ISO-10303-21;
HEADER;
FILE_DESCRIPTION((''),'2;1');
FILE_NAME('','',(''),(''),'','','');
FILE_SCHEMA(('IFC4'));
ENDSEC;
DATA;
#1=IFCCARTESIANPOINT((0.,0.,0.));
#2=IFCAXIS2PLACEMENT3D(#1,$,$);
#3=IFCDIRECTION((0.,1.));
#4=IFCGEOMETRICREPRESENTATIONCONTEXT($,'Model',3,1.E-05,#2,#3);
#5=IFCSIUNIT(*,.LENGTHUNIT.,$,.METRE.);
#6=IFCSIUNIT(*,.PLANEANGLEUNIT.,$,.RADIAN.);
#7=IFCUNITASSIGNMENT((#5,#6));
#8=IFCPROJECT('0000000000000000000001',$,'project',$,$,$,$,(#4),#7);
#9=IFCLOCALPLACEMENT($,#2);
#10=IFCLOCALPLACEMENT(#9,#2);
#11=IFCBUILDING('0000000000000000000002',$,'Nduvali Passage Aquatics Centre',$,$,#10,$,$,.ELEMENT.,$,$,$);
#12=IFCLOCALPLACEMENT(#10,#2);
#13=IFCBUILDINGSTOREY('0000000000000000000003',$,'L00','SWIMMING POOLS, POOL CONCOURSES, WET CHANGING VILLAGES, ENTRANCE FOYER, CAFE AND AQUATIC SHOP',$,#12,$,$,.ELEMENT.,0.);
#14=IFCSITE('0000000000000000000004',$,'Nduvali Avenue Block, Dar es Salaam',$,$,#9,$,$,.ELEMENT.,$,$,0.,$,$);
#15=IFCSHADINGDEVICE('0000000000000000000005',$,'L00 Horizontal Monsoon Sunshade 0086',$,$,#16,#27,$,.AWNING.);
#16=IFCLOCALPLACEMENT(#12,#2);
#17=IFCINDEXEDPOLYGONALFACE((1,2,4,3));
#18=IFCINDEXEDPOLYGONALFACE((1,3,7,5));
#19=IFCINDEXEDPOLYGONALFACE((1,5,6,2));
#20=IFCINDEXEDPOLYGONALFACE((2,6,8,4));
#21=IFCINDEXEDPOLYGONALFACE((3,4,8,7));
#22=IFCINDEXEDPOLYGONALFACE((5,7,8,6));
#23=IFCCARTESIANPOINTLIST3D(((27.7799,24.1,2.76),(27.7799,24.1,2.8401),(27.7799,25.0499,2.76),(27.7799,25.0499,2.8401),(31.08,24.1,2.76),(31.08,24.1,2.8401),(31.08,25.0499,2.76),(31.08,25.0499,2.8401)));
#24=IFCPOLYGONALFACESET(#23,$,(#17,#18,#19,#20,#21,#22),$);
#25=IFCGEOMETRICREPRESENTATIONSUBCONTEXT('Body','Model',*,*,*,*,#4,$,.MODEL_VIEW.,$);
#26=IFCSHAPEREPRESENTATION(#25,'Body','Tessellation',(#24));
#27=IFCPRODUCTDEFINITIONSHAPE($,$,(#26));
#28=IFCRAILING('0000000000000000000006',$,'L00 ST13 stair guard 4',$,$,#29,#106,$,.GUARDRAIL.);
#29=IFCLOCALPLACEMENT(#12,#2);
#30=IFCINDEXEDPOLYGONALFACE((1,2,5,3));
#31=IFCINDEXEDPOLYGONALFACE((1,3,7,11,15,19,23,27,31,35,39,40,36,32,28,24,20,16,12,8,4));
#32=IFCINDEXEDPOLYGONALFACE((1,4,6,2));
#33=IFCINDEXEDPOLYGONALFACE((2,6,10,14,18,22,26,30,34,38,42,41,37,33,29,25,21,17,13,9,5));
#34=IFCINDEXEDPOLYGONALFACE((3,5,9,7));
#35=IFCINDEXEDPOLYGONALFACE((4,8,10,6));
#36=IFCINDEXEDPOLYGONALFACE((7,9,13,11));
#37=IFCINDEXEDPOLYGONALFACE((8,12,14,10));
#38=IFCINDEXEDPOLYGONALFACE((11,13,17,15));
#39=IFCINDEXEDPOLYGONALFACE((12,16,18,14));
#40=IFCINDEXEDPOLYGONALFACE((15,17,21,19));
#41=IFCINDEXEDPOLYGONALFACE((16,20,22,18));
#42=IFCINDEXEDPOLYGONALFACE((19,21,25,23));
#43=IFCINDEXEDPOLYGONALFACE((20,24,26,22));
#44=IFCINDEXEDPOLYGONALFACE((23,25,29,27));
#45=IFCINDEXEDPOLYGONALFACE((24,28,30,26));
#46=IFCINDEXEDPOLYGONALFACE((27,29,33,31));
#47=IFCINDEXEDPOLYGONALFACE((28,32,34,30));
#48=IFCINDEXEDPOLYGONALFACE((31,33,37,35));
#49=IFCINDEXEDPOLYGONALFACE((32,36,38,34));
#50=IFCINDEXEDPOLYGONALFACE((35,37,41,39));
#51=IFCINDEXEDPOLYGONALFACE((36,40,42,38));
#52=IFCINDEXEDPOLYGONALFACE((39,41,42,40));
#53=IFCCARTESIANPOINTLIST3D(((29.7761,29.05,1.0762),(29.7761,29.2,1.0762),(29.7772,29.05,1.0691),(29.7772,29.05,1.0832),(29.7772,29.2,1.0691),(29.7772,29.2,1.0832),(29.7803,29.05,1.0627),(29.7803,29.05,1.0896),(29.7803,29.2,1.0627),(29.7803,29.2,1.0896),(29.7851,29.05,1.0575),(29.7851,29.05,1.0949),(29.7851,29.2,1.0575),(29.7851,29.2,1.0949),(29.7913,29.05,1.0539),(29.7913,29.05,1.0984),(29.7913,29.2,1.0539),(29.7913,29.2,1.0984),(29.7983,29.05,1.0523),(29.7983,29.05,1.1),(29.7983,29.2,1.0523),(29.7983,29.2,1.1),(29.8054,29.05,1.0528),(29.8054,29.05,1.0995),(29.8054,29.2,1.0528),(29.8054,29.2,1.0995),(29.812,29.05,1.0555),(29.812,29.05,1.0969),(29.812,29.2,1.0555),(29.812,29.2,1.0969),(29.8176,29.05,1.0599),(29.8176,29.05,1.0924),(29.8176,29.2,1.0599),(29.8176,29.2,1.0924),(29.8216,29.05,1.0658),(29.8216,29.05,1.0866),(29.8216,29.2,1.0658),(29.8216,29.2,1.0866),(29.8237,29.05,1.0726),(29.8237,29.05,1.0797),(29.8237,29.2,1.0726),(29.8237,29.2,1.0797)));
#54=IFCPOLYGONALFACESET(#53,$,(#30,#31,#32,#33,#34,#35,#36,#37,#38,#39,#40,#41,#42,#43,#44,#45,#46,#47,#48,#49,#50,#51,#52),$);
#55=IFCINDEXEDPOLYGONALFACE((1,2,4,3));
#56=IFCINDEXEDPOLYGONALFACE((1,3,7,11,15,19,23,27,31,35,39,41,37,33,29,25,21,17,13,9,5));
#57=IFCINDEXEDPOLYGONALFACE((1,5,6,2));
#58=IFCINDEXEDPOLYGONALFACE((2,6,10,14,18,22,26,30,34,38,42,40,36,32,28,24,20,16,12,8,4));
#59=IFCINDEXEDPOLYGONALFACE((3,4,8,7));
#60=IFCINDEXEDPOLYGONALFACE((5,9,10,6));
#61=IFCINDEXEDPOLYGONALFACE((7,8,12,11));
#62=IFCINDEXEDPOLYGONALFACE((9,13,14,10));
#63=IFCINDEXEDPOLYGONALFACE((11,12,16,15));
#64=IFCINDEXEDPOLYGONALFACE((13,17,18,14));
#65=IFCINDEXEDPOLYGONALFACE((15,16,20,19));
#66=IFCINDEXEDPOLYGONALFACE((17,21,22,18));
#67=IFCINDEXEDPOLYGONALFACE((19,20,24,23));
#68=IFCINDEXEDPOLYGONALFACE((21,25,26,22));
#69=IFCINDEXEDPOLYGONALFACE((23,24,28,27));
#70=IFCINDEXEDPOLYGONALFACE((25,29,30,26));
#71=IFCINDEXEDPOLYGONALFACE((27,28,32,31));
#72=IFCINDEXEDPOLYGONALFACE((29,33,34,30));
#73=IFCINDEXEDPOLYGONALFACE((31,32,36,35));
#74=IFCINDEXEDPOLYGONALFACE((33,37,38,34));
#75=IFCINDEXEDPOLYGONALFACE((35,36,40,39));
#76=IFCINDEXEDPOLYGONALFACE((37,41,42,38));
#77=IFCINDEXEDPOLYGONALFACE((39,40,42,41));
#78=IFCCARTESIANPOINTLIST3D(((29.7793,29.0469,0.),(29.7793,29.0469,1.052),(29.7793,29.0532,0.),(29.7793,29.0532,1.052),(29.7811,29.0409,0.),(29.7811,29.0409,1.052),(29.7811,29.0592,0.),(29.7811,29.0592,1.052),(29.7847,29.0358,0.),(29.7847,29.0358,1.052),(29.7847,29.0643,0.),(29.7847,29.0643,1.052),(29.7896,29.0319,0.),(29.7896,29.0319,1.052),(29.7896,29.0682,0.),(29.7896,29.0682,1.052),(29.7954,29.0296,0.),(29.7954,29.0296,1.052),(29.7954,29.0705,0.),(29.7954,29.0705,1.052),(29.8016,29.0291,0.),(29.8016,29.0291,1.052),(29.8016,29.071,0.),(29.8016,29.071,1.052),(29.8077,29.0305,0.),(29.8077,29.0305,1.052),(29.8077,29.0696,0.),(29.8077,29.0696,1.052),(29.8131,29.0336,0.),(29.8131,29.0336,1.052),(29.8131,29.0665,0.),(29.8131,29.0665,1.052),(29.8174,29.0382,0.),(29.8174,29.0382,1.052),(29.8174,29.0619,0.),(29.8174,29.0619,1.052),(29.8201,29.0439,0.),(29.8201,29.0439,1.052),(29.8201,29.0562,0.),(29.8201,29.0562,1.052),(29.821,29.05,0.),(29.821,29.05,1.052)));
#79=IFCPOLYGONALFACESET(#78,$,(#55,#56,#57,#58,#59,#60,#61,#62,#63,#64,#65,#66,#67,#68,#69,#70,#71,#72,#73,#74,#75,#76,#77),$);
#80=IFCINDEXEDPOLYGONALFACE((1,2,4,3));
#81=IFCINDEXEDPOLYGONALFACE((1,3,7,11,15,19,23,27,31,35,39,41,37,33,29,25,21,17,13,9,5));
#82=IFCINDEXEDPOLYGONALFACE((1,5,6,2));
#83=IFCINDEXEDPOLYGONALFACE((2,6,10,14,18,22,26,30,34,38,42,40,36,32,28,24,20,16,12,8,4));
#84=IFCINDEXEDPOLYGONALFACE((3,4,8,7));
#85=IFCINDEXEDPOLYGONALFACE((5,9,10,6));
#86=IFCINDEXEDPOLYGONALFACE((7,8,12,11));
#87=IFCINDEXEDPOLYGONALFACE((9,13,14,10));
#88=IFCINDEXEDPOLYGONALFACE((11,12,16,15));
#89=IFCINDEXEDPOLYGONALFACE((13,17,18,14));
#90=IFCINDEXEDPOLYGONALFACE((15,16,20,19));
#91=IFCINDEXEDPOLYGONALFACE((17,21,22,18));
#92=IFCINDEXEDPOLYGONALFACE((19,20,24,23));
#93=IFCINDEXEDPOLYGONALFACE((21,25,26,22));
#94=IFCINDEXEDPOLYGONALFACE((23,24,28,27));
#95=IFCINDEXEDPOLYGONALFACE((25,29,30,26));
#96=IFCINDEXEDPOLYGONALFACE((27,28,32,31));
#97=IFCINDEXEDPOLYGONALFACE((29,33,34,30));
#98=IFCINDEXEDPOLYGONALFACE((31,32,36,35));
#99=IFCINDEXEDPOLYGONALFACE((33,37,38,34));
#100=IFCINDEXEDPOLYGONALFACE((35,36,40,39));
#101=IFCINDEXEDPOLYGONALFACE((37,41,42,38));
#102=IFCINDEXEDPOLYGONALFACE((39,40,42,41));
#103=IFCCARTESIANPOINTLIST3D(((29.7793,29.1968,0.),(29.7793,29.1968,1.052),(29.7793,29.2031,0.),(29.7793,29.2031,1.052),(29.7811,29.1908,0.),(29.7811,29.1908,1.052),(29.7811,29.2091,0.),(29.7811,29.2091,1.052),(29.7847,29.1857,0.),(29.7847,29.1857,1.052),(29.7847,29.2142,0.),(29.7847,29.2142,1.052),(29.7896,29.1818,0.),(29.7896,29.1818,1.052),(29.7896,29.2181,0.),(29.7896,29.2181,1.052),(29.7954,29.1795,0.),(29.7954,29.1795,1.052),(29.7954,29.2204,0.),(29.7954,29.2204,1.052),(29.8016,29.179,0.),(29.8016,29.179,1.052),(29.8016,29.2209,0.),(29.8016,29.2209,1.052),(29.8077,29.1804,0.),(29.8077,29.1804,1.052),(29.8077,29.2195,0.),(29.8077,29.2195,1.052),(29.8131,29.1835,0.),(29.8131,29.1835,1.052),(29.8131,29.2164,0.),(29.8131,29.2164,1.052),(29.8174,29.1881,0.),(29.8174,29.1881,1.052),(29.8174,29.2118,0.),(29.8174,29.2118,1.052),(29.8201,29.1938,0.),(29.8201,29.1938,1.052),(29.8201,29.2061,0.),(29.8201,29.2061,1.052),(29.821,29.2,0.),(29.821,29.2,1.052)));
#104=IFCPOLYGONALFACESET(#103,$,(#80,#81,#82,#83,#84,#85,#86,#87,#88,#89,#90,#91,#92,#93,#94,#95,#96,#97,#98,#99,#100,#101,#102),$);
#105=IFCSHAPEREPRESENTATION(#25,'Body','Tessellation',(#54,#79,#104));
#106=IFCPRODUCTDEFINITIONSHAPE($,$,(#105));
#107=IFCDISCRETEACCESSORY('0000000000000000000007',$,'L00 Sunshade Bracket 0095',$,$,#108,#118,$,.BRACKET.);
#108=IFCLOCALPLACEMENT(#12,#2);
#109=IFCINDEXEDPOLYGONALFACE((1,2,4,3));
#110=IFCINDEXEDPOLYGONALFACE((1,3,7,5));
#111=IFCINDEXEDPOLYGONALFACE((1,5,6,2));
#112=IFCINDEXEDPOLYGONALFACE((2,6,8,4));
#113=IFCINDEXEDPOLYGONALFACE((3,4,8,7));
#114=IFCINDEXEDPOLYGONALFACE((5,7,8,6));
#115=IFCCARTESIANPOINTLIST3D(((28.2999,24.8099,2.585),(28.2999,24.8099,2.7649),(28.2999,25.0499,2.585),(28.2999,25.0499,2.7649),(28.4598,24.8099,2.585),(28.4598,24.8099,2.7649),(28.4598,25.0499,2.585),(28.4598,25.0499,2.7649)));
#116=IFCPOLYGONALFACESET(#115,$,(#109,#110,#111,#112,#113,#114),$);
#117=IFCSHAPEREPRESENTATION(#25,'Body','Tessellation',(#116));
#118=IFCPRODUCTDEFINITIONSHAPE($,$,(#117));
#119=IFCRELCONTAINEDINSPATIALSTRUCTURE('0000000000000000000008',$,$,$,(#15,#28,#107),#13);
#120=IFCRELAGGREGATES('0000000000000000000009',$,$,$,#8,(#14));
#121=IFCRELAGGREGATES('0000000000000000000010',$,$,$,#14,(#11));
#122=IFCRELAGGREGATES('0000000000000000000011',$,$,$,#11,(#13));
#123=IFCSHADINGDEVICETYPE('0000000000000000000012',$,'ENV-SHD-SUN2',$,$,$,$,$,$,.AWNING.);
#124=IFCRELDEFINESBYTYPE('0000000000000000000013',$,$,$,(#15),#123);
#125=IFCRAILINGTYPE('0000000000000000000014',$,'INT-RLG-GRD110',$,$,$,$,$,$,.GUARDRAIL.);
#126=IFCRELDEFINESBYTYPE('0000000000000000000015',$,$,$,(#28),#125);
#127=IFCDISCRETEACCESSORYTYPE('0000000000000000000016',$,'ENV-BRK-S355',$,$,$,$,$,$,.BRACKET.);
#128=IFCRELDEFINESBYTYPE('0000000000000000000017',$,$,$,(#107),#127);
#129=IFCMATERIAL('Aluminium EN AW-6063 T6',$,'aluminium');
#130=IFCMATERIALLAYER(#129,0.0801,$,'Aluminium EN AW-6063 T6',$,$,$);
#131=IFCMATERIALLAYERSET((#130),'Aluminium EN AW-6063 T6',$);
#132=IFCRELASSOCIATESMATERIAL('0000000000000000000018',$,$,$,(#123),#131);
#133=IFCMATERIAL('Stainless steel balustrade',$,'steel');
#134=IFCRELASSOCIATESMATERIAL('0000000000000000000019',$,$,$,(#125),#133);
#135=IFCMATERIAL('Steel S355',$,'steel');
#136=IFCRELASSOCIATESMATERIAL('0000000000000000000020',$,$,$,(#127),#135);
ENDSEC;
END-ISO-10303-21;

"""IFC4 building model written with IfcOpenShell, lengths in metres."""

from ifc_helpers import new_model, si_unit, direction, frame, origin, origin_2d, place, context, subcontext, project, spatial, rectangle, circle, extrude, material, layer, layer_set, type_object, element, save


model = new_model("IFC4")

# Units and contexts
model_context = context("Model", 3, precision=1e-05, world=origin(), true_north=direction((0.0, 1.0)))
body_context = subcontext(model_context, "Body", "Model", "MODEL_VIEW")
ifc_project = project(units=[si_unit("LENGTHUNIT", "METRE"), si_unit("PLANEANGLEUNIT", "RADIAN")], contexts=[model_context])

# Site, building, storey
site_placement = place(None, origin())
site = spatial("IfcSite", under=ifc_project, at=site_placement, Name="Nduvali Avenue Block, Dar es Salaam", CompositionType="ELEMENT", RefElevation=0.0)
building_placement = place(site_placement, origin())
building = spatial("IfcBuilding", under=site, at=building_placement, Name="Nduvali Passage Aquatics Centre", CompositionType="ELEMENT")
storey_placement = place(building_placement, origin())
storey = spatial("IfcBuildingStorey", under=building, at=storey_placement, Name="L00", Description="SWIMMING POOLS, POOL CONCOURSES, WET CHANGING VILLAGES, ENTRANCE FOYER, CAFE AND AQUATIC SHOP", CompositionType="ELEMENT", Elevation=0.0)

# Shared definitions
ifc_material_1 = material(Name="Aluminium EN AW-6063 T6", Category="aluminium")

# Shading device
ifc_layer_1 = layer(ifc_material_1, 0.0801, Name="Aluminium EN AW-6063 T6")
ifc_layer_set_1 = layer_set([ifc_layer_1], Name="Aluminium EN AW-6063 T6")
shading_device_type = type_object("IfcShadingDeviceType", Name="ENV-SHD-SUN2", PredefinedType="AWNING", material=ifc_layer_set_1)
shading_device_placement = place(storey_placement, frame((29.4299, 24.575, 2.76), z_axis=(0.0, 0.0, 1.0), x_axis=(1.0, 0.0, 0.0)))
element("IfcShadingDevice", 1, at=shading_device_placement, inside=storey, type_object=shading_device_type, Name="L00 Horizontal Monsoon Sunshade 0086", PredefinedType="AWNING", context=body_context, shape_type="SweptSolid", body=[
    extrude(rectangle(XDim=3.3, YDim=0.95, at=origin_2d()), origin(), (0.0, 0.0, 1.0), 0.0801),
])

# Railing
ifc_material_2 = material(Name="Stainless steel balustrade", Category="steel")
railing_type = type_object("IfcRailingType", Name="INT-RLG-GRD110", PredefinedType="GUARDRAIL", material=ifc_material_2)
railing_placement = place(storey_placement, frame((29.8, 29.05, 0.0)))
element("IfcRailing", 2, at=railing_placement, inside=storey, type_object=railing_type, Name="L00 ST13 stair guard 4", PredefinedType="GUARDRAIL", context=body_context, shape_type="SweptSolid", body=[
    extrude(circle(Radius=0.0239, at=origin_2d()), frame((0.0, 0.0, 1.0762), z_axis=(0.0, 1.0, 0.0), x_axis=(-1.0, 0.0, 0.0)), (0.0, 0.0, 1.0), 0.1499),
    extrude(circle(Radius=0.021, at=origin_2d()), origin(), (0.0, 0.0, 1.0), 1.052),
    extrude(circle(Radius=0.021, at=origin_2d()), frame((0.0, 0.1499, 0.0)), (0.0, 0.0, 1.0), 1.052),
])

# Discrete accessory
ifc_material_3 = material(Name="Steel S355", Category="steel")
discrete_accessory_type = type_object("IfcDiscreteAccessoryType", Name="ENV-BRK-S355", PredefinedType="BRACKET", material=ifc_material_3)
discrete_accessory_placement = place(storey_placement, frame((28.3799, 24.9299, 2.585), z_axis=(0.0, 0.0, 1.0), x_axis=(1.0, 0.0, 0.0)))
element("IfcDiscreteAccessory", 3, at=discrete_accessory_placement, inside=storey, type_object=discrete_accessory_type, Name="L00 Sunshade Bracket 0095", PredefinedType="BRACKET", context=body_context, shape_type="SweptSolid", body=[
    extrude(rectangle(XDim=0.1599, YDim=0.24, at=origin_2d()), origin(), (0.0, 0.0, 1.0), 0.1799),
])

save(model, "model.ifc")
